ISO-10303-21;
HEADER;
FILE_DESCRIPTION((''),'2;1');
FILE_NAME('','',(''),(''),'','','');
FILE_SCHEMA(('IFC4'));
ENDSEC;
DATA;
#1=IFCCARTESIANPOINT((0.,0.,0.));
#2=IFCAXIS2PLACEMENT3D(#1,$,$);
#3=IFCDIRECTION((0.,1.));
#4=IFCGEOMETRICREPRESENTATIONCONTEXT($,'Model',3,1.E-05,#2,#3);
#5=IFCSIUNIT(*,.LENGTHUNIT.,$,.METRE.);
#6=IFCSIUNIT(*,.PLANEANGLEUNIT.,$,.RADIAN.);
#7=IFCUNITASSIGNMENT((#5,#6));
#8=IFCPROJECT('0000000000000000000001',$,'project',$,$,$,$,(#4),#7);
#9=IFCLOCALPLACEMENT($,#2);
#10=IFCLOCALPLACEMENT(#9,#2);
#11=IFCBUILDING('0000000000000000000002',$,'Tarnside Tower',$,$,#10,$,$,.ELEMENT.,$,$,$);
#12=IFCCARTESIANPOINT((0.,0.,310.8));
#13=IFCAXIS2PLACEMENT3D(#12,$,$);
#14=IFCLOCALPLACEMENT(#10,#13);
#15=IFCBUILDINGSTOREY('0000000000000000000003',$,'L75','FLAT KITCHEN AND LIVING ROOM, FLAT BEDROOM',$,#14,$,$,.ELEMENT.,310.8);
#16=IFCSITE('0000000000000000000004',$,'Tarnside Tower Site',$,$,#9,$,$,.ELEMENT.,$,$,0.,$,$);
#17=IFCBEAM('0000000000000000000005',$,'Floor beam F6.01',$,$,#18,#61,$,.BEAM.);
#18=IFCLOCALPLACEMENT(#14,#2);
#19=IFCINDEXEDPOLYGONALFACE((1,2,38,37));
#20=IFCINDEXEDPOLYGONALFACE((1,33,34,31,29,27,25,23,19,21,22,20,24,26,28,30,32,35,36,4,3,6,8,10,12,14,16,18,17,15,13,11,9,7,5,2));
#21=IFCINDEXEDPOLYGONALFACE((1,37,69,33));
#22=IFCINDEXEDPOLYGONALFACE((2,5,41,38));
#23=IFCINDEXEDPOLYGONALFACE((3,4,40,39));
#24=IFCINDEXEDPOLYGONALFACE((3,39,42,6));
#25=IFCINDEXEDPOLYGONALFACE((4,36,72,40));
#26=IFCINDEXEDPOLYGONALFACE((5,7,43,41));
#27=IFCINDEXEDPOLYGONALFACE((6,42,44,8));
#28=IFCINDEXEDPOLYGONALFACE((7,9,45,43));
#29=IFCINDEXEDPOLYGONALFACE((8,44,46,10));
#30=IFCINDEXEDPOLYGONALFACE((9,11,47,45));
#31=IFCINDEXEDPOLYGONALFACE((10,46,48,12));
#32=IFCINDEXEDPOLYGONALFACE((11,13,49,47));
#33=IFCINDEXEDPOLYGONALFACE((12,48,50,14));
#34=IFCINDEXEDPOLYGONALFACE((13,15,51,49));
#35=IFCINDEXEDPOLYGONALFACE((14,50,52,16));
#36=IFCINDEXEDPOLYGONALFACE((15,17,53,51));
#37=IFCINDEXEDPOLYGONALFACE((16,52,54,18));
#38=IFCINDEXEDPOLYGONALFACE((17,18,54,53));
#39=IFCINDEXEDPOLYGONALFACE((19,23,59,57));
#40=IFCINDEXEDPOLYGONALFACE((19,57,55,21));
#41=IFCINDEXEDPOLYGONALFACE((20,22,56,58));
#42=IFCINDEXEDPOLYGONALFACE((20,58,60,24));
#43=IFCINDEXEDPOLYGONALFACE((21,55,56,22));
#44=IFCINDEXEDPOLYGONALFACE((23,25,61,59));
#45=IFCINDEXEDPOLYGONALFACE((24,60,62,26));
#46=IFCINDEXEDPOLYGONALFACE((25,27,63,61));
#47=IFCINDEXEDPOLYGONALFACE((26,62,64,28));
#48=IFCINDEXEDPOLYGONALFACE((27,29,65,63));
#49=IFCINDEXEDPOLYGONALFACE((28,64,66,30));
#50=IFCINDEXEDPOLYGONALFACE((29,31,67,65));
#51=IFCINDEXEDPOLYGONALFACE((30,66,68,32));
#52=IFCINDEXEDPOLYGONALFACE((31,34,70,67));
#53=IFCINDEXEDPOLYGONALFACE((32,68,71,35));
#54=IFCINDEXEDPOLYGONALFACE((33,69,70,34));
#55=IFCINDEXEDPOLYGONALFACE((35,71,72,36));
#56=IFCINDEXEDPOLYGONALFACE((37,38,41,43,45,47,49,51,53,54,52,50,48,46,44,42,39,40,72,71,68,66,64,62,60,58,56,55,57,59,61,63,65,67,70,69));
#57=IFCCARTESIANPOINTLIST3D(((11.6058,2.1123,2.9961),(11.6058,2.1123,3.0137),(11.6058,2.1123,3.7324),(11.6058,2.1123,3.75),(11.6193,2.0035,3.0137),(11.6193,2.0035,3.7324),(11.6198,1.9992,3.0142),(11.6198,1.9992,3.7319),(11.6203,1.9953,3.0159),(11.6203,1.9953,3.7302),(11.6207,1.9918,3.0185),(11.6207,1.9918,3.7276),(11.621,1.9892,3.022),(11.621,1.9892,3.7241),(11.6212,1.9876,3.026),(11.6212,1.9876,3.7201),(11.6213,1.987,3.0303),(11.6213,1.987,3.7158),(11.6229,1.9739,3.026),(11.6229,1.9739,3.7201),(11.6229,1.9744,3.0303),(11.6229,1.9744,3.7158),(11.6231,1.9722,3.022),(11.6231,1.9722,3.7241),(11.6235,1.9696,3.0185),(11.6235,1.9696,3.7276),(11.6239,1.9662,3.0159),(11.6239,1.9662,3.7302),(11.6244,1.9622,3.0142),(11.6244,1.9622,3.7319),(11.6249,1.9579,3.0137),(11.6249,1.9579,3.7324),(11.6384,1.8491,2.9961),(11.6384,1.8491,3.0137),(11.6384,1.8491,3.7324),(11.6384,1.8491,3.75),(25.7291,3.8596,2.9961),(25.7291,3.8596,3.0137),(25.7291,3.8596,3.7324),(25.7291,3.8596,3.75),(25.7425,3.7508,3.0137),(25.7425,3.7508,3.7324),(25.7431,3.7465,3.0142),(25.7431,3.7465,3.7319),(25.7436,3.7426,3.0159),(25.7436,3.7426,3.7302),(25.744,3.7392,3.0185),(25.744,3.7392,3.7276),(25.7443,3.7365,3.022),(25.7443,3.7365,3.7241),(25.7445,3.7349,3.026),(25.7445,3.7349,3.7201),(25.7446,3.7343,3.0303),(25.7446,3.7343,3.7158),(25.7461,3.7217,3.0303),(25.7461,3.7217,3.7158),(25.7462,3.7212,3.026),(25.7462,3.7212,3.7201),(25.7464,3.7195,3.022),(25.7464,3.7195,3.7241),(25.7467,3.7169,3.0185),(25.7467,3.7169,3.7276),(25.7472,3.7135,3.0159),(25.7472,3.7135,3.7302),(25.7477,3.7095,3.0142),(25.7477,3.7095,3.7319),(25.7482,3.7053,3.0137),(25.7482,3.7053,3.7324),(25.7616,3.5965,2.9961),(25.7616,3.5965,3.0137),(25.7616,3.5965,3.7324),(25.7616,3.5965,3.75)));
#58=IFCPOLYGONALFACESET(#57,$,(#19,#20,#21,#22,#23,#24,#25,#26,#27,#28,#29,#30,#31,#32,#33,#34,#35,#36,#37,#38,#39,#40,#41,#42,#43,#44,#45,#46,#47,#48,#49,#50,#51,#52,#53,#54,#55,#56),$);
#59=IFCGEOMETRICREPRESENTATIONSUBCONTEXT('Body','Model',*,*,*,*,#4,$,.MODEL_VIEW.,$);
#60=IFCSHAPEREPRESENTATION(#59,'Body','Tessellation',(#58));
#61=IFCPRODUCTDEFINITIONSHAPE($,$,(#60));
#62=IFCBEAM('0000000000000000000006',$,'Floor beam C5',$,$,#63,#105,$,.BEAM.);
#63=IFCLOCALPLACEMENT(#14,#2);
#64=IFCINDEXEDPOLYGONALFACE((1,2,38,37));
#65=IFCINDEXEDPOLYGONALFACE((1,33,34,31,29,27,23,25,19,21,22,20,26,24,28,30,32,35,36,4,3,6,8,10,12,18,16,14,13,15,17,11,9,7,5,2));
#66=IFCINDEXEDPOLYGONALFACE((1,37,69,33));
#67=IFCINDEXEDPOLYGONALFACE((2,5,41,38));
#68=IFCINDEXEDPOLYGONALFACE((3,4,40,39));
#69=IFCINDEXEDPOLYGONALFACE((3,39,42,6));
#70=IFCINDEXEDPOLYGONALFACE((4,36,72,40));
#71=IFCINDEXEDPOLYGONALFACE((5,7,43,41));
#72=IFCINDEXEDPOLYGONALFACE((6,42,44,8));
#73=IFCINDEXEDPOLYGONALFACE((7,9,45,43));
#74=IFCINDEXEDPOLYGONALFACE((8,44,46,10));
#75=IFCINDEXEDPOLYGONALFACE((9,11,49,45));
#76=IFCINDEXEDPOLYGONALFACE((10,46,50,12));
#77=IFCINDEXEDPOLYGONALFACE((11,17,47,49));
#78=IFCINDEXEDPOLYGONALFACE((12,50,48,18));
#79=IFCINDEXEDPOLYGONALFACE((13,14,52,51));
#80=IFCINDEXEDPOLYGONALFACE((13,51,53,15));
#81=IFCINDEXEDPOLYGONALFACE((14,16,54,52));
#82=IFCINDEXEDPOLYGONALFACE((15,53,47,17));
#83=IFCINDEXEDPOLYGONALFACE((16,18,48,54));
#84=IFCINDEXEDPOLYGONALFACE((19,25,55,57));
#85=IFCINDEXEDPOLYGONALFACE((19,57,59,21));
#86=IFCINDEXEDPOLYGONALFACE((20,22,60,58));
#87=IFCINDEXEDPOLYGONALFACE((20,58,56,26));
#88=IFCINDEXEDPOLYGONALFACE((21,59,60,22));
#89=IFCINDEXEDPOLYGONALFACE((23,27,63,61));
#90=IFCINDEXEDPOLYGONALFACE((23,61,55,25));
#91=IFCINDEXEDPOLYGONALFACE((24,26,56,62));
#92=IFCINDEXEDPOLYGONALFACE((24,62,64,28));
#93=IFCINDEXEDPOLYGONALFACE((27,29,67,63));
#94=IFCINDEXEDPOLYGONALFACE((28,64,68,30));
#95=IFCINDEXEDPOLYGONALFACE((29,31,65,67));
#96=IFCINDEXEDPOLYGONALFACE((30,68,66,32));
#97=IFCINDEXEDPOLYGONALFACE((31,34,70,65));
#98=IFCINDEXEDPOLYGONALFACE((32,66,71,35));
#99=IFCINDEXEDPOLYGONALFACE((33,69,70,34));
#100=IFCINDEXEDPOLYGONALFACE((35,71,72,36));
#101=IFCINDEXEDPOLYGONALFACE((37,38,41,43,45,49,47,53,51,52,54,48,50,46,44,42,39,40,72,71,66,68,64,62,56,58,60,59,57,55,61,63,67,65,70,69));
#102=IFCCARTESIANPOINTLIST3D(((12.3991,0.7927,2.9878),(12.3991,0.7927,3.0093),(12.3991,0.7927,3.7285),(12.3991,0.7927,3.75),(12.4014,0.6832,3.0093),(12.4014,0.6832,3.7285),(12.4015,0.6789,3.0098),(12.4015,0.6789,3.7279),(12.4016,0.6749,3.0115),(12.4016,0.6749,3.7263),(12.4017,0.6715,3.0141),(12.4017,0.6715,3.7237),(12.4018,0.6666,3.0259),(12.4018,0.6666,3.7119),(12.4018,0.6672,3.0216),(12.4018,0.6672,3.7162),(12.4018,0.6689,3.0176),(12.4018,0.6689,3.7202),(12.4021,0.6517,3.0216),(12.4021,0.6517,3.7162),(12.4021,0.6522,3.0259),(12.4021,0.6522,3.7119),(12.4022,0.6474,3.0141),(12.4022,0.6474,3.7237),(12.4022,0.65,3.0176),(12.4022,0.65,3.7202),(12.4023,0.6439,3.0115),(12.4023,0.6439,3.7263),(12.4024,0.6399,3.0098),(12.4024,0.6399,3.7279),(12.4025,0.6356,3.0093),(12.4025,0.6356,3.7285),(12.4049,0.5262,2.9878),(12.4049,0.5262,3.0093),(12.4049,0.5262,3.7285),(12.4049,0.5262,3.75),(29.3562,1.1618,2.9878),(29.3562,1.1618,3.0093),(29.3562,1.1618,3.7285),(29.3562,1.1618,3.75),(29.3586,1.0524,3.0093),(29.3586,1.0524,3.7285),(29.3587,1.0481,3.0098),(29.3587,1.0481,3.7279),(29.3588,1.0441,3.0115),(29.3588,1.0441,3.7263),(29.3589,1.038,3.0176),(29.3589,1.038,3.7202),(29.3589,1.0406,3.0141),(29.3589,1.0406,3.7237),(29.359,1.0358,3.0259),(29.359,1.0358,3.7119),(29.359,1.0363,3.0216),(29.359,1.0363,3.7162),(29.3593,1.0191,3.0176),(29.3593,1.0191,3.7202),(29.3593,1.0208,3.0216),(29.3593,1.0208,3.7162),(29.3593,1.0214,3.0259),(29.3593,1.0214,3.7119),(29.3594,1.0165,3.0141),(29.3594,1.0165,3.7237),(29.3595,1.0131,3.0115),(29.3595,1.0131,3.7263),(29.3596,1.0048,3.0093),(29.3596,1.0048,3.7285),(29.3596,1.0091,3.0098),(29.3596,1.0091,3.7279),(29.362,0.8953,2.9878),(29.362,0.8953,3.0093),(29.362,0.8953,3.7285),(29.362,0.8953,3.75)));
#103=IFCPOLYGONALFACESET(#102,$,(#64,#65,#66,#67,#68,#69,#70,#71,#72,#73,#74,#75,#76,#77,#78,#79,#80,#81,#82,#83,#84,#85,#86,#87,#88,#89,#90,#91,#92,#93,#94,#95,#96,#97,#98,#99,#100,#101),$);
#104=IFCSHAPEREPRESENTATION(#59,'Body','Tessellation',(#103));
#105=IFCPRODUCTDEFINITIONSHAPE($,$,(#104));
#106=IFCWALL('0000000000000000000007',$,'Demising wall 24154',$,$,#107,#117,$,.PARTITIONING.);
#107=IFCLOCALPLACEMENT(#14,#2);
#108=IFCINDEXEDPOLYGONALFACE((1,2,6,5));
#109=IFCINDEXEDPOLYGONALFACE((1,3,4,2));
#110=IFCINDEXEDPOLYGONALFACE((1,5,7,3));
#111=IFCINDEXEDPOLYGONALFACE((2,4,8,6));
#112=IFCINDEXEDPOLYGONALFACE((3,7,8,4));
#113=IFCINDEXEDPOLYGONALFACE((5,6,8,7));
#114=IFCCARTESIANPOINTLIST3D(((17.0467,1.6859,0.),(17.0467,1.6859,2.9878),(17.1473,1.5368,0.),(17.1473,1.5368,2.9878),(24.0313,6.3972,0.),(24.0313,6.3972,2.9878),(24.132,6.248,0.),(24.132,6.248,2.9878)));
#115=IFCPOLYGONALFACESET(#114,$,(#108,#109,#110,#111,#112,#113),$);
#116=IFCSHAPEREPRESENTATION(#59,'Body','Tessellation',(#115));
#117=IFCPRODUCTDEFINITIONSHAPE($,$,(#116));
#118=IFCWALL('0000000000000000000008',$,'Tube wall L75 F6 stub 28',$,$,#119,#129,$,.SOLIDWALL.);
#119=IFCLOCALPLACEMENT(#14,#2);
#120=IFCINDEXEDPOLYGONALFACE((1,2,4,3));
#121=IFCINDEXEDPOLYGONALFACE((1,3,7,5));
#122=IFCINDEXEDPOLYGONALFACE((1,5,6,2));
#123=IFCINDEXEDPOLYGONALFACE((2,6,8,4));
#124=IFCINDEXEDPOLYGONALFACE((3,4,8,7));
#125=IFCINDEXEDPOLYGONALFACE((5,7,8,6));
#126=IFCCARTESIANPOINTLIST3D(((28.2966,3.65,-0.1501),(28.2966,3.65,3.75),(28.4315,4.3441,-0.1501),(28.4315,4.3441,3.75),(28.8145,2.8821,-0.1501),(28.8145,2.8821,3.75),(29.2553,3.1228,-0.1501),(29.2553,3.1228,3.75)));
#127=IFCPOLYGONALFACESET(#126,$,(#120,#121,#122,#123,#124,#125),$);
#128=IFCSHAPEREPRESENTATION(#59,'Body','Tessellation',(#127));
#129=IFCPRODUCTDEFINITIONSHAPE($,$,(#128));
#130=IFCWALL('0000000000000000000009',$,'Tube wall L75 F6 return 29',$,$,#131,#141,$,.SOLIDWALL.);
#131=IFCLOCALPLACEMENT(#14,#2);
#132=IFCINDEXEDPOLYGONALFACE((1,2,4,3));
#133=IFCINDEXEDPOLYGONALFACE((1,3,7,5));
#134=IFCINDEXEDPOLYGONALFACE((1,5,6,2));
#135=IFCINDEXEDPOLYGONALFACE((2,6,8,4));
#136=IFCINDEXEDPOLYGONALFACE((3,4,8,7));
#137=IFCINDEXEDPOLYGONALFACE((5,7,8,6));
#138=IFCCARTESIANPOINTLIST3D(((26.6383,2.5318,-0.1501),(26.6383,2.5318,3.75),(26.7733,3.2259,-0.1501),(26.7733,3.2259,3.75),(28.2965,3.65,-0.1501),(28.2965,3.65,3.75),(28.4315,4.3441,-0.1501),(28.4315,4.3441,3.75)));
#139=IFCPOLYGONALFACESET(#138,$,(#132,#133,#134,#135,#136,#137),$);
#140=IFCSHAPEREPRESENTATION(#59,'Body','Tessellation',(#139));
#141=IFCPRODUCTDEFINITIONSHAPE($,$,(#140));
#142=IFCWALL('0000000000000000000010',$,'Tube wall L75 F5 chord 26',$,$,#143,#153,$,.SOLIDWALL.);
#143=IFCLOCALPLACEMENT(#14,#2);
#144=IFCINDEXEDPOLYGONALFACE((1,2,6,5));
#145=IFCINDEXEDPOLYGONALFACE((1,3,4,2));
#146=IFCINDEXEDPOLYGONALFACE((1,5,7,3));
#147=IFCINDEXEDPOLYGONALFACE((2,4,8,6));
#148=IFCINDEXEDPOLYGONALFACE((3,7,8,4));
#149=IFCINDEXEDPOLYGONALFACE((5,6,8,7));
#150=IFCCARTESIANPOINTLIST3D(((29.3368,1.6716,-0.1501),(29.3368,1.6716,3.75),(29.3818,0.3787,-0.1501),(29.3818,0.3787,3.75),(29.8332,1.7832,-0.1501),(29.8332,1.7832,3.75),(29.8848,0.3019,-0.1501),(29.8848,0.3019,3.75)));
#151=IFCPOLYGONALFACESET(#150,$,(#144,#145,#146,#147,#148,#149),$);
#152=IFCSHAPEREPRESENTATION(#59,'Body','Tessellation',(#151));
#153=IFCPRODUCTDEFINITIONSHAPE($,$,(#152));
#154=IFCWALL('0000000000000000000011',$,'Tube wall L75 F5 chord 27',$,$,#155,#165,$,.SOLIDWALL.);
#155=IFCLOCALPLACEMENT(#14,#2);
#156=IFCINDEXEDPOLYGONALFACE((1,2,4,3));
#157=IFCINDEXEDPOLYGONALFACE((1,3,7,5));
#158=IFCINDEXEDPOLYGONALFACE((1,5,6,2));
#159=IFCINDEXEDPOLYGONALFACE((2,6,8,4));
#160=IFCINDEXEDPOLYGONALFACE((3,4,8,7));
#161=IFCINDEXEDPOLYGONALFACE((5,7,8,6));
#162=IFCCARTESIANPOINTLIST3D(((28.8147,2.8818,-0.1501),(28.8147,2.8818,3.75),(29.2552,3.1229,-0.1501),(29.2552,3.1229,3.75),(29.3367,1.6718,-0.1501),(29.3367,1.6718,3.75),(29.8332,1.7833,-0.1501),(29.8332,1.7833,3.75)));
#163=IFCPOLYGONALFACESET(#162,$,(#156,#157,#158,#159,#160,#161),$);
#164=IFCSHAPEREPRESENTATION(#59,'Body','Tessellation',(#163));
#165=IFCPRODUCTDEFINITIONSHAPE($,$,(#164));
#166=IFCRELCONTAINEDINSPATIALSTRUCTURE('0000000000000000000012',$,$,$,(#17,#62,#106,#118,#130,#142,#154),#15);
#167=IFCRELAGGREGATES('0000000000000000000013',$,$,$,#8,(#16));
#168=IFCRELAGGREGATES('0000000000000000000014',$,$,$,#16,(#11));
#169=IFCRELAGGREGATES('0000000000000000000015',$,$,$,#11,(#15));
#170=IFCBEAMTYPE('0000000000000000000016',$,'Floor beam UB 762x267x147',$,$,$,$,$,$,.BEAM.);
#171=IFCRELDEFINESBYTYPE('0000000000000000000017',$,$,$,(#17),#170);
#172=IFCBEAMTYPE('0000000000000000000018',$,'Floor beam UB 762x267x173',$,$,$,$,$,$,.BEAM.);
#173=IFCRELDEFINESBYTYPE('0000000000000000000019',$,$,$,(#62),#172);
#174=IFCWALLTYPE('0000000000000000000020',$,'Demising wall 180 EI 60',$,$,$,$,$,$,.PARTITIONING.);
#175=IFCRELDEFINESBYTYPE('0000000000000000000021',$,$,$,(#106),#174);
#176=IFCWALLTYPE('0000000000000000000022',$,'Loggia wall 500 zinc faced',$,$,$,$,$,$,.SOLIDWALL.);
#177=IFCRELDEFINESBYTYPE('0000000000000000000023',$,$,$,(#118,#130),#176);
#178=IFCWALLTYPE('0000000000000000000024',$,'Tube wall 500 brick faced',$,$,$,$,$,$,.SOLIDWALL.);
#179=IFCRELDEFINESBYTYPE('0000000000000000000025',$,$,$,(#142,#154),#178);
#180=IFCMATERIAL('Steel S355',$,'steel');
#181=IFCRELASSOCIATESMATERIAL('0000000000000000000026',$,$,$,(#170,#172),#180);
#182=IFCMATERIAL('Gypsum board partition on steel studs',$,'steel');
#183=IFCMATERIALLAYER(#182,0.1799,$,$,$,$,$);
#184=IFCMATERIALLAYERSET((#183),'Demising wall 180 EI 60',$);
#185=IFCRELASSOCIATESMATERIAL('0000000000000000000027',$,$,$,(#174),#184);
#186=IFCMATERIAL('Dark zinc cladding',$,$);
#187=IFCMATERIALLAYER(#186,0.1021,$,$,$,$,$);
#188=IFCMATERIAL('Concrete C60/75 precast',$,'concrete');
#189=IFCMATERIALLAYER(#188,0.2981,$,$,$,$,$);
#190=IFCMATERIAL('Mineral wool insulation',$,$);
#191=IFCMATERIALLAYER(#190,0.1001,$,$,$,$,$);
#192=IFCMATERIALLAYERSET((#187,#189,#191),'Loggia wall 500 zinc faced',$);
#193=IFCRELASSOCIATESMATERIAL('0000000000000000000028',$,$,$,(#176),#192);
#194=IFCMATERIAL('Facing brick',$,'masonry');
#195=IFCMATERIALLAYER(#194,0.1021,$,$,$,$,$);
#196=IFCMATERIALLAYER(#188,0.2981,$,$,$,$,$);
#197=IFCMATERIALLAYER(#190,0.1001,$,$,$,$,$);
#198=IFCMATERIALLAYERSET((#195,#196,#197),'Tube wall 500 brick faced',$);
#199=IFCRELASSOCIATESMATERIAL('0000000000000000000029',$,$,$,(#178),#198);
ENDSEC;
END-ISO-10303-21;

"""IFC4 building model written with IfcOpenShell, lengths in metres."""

from ifc_helpers import new_model, si_unit, direction, frame, frame_2d, origin, origin_2d, place, context, subcontext, project, spatial, polyline, rectangle, i_section, outline, extrude, material, layer, layer_set, material_profile, profile_set, type_object, element, save


model = new_model("IFC4")

# Units and contexts
model_context = context("Model", 3, precision=1e-05, world=origin(), true_north=direction((0.0, 1.0)))
body_context = subcontext(model_context, "Body", "Model", "MODEL_VIEW")
ifc_project = project(units=[si_unit("LENGTHUNIT", "METRE"), si_unit("PLANEANGLEUNIT", "RADIAN")], contexts=[model_context])

# Site, building, storey
site_placement = place(None, origin())
site = spatial("IfcSite", under=ifc_project, at=site_placement, Name="Tarnside Tower Site", CompositionType="ELEMENT", RefElevation=0.0)
building_placement = place(site_placement, origin())
building = spatial("IfcBuilding", under=site, at=building_placement, Name="Tarnside Tower", CompositionType="ELEMENT")
storey_placement = place(building_placement, frame((0.0, 0.0, 310.8)))
storey = spatial("IfcBuildingStorey", under=building, at=storey_placement, Name="L75", Description="FLAT KITCHEN AND LIVING ROOM, FLAT BEDROOM", CompositionType="ELEMENT", Elevation=310.8)

# Beams
ifc_material_1 = material(Name="Steel S355", Category="steel")
ifc_material_profile_1 = material_profile(ifc_material_1, i_section(OverallWidth=0.2651, OverallDepth=0.7539, WebThickness=0.0127, FlangeThickness=0.0176, FilletRadius=0.0166, at=origin_2d()), Name="UB 762x267x147")
ifc_profile_set_1 = profile_set([ifc_material_profile_1], Name="Steel S355")
beam_type_1 = type_object("IfcBeamType", Name="Floor beam UB 762x267x147", PredefinedType="BEAM", material=ifc_profile_set_1)
beam_1_placement = place(storey_placement, frame((25.7454, 3.728, 3.373), z_axis=(-0.992434, -0.122783, 0.0), x_axis=(0.122783, -0.992434, 0.0)))
element("IfcBeam", 1, at=beam_1_placement, inside=storey, type_object=beam_type_1, Name="Floor beam F6.01", PredefinedType="BEAM", context=body_context, shape_type="SweptSolid", body=[
    extrude(i_section(OverallWidth=0.2651, OverallDepth=0.7539, WebThickness=0.0127, FlangeThickness=0.0176, FilletRadius=0.0166, at=origin_2d()), origin(), (0.0, 0.0, 1.0), 14.231),
])
ifc_material_profile_2 = material_profile(ifc_material_1, i_section(OverallWidth=0.2666, OverallDepth=0.7622, WebThickness=0.0144, FlangeThickness=0.0215, FilletRadius=0.0166, at=origin_2d()), Name="UB 762x267x173")
ifc_profile_set_2 = profile_set([ifc_material_profile_2], Name="Steel S355")
beam_type_2 = type_object("IfcBeamType", Name="Floor beam UB 762x267x173", PredefinedType="BEAM", material=ifc_profile_set_2)
beam_2_placement = place(storey_placement, frame((29.3591, 1.0286, 3.3689), z_axis=(-0.999763, -0.021764, 0.0), x_axis=(0.021764, -0.999763, 0.0)))
element("IfcBeam", 2, at=beam_2_placement, inside=storey, type_object=beam_type_2, Name="Floor beam C5", PredefinedType="BEAM", context=body_context, shape_type="SweptSolid", body=[
    extrude(i_section(OverallWidth=0.2666, OverallDepth=0.7622, WebThickness=0.0144, FlangeThickness=0.0215, FilletRadius=0.0166, at=origin_2d()), origin(), (0.0, 0.0, 1.0), 16.9612),
])

# Walls
ifc_material_2 = material(Name="Gypsum board partition on steel studs", Category="steel")
ifc_layer_1 = layer(ifc_material_2, 0.1799)
ifc_layer_set_1 = layer_set([ifc_layer_1], Name="Demising wall 180 EI 60")
wall_type_1 = type_object("IfcWallType", Name="Demising wall 180 EI 60", PredefinedType="PARTITIONING", material=ifc_layer_set_1)
wall_1_placement = place(storey_placement, frame((24.0815, 6.3225, 0.0), z_axis=(0.0, 0.0, 1.0), x_axis=(-0.829038, -0.559193, 0.0)))
element("IfcWall", 3, at=wall_1_placement, inside=storey, type_object=wall_type_1, Name="Demising wall 24154", PredefinedType="PARTITIONING", context=body_context, shape_type="SweptSolid", body=[
    extrude(rectangle(XDim=8.425, YDim=0.1799, at=frame_2d((4.2124, 0.0))), origin(), (0.0, 0.0, 1.0), 2.9878),
])
ifc_material_3 = material(Name="Dark zinc cladding")
ifc_layer_2 = layer(ifc_material_3, 0.1021)
ifc_material_4 = material(Name="Concrete C60/75 precast", Category="concrete")
ifc_layer_3 = layer(ifc_material_4, 0.2981)
ifc_material_5 = material(Name="Mineral wool insulation")
ifc_layer_4 = layer(ifc_material_5, 0.1001)
ifc_layer_set_2 = layer_set([ifc_layer_2, ifc_layer_3, ifc_layer_4], Name="Loggia wall 500 zinc faced")
wall_type_2 = type_object("IfcWallType", Name="Loggia wall 500 zinc faced", PredefinedType="SOLIDWALL", material=ifc_layer_set_2)
wall_2_placement = place(storey_placement, frame((29.0349, 3.0024, -0.1501), z_axis=(0.0, 0.0, 1.0), x_axis=(-0.5592, 0.829033, 0.0)))
element("IfcWall", 4, at=wall_2_placement, inside=storey, type_object=wall_type_2, Name="Tube wall L75 F6 stub 28", PredefinedType="SOLIDWALL", context=body_context, shape_type="SweptSolid", body=[
    extrude(outline(polyline([(-0.0234, -0.25), (1.4497, -0.25), (0.9497, 0.25), (0.0234, 0.25), (-0.0234, -0.25)])), origin(), (0.0, 0.0, 1.0), 3.9001),
])
wall_3_placement = place(storey_placement, frame((28.364, 3.9971, -0.1501), z_axis=(0.0, 0.0, 1.0), x_axis=(-0.829109, -0.559087, 0.0)))
element("IfcWall", 5, at=wall_3_placement, inside=storey, type_object=wall_type_2, Name="Tube wall L75 F6 return 29", PredefinedType="SOLIDWALL", context=body_context, shape_type="SweptSolid", body=[
    extrude(outline(polyline([(-0.25, -0.25), (1.75, -0.25), (2.25, 0.25), (0.25, 0.25), (-0.25, -0.25)])), origin(), (0.0, 0.0, 1.0), 3.9001),
])

# Walls
ifc_material_6 = material(Name="Facing brick", Category="masonry")
ifc_layer_5 = layer(ifc_material_6, 0.1021)
ifc_layer_6 = layer(ifc_material_4, 0.2981)
ifc_layer_7 = layer(ifc_material_5, 0.1001)
ifc_layer_set_3 = layer_set([ifc_layer_5, ifc_layer_6, ifc_layer_7], Name="Tube wall 500 brick faced")
wall_type_3 = type_object("IfcWallType", Name="Tube wall 500 brick faced", PredefinedType="SOLIDWALL", material=ifc_layer_set_3)
wall_4_placement = place(storey_placement, frame((29.6333, 0.3403, -0.1501), z_axis=(0.0, 0.0, 1.0), x_axis=(-0.034826, 0.999393, 0.0)))
element("IfcWall", 6, at=wall_4_placement, inside=storey, type_object=wall_type_3, Name="Tube wall L75 F5 chord 26", PredefinedType="SOLIDWALL", context=body_context, shape_type="SweptSolid", body=[
    extrude(outline(polyline([(-0.0471, -0.25), (1.4351, -0.25), (1.3408, 0.25), (0.0471, 0.25), (-0.0471, -0.25)])), origin(), (0.0, 0.0, 1.0), 3.9001),
])
wall_5_placement = place(storey_placement, frame((29.585, 1.7275, -0.1501), z_axis=(0.0, 0.0, 1.0), x_axis=(-0.396146, 0.918187, 0.0)))
element("IfcWall", 7, at=wall_5_placement, inside=storey, type_object=wall_type_3, Name="Tube wall L75 F5 chord 27", PredefinedType="SOLIDWALL", context=body_context, shape_type="SweptSolid", body=[
    extrude(outline(polyline([(-0.0471, -0.25), (1.4119, -0.25), (1.365, 0.25), (0.0471, 0.25), (-0.0471, -0.25)])), origin(), (0.0, 0.0, 1.0), 3.9001),
])

save(model, "model.ifc")
